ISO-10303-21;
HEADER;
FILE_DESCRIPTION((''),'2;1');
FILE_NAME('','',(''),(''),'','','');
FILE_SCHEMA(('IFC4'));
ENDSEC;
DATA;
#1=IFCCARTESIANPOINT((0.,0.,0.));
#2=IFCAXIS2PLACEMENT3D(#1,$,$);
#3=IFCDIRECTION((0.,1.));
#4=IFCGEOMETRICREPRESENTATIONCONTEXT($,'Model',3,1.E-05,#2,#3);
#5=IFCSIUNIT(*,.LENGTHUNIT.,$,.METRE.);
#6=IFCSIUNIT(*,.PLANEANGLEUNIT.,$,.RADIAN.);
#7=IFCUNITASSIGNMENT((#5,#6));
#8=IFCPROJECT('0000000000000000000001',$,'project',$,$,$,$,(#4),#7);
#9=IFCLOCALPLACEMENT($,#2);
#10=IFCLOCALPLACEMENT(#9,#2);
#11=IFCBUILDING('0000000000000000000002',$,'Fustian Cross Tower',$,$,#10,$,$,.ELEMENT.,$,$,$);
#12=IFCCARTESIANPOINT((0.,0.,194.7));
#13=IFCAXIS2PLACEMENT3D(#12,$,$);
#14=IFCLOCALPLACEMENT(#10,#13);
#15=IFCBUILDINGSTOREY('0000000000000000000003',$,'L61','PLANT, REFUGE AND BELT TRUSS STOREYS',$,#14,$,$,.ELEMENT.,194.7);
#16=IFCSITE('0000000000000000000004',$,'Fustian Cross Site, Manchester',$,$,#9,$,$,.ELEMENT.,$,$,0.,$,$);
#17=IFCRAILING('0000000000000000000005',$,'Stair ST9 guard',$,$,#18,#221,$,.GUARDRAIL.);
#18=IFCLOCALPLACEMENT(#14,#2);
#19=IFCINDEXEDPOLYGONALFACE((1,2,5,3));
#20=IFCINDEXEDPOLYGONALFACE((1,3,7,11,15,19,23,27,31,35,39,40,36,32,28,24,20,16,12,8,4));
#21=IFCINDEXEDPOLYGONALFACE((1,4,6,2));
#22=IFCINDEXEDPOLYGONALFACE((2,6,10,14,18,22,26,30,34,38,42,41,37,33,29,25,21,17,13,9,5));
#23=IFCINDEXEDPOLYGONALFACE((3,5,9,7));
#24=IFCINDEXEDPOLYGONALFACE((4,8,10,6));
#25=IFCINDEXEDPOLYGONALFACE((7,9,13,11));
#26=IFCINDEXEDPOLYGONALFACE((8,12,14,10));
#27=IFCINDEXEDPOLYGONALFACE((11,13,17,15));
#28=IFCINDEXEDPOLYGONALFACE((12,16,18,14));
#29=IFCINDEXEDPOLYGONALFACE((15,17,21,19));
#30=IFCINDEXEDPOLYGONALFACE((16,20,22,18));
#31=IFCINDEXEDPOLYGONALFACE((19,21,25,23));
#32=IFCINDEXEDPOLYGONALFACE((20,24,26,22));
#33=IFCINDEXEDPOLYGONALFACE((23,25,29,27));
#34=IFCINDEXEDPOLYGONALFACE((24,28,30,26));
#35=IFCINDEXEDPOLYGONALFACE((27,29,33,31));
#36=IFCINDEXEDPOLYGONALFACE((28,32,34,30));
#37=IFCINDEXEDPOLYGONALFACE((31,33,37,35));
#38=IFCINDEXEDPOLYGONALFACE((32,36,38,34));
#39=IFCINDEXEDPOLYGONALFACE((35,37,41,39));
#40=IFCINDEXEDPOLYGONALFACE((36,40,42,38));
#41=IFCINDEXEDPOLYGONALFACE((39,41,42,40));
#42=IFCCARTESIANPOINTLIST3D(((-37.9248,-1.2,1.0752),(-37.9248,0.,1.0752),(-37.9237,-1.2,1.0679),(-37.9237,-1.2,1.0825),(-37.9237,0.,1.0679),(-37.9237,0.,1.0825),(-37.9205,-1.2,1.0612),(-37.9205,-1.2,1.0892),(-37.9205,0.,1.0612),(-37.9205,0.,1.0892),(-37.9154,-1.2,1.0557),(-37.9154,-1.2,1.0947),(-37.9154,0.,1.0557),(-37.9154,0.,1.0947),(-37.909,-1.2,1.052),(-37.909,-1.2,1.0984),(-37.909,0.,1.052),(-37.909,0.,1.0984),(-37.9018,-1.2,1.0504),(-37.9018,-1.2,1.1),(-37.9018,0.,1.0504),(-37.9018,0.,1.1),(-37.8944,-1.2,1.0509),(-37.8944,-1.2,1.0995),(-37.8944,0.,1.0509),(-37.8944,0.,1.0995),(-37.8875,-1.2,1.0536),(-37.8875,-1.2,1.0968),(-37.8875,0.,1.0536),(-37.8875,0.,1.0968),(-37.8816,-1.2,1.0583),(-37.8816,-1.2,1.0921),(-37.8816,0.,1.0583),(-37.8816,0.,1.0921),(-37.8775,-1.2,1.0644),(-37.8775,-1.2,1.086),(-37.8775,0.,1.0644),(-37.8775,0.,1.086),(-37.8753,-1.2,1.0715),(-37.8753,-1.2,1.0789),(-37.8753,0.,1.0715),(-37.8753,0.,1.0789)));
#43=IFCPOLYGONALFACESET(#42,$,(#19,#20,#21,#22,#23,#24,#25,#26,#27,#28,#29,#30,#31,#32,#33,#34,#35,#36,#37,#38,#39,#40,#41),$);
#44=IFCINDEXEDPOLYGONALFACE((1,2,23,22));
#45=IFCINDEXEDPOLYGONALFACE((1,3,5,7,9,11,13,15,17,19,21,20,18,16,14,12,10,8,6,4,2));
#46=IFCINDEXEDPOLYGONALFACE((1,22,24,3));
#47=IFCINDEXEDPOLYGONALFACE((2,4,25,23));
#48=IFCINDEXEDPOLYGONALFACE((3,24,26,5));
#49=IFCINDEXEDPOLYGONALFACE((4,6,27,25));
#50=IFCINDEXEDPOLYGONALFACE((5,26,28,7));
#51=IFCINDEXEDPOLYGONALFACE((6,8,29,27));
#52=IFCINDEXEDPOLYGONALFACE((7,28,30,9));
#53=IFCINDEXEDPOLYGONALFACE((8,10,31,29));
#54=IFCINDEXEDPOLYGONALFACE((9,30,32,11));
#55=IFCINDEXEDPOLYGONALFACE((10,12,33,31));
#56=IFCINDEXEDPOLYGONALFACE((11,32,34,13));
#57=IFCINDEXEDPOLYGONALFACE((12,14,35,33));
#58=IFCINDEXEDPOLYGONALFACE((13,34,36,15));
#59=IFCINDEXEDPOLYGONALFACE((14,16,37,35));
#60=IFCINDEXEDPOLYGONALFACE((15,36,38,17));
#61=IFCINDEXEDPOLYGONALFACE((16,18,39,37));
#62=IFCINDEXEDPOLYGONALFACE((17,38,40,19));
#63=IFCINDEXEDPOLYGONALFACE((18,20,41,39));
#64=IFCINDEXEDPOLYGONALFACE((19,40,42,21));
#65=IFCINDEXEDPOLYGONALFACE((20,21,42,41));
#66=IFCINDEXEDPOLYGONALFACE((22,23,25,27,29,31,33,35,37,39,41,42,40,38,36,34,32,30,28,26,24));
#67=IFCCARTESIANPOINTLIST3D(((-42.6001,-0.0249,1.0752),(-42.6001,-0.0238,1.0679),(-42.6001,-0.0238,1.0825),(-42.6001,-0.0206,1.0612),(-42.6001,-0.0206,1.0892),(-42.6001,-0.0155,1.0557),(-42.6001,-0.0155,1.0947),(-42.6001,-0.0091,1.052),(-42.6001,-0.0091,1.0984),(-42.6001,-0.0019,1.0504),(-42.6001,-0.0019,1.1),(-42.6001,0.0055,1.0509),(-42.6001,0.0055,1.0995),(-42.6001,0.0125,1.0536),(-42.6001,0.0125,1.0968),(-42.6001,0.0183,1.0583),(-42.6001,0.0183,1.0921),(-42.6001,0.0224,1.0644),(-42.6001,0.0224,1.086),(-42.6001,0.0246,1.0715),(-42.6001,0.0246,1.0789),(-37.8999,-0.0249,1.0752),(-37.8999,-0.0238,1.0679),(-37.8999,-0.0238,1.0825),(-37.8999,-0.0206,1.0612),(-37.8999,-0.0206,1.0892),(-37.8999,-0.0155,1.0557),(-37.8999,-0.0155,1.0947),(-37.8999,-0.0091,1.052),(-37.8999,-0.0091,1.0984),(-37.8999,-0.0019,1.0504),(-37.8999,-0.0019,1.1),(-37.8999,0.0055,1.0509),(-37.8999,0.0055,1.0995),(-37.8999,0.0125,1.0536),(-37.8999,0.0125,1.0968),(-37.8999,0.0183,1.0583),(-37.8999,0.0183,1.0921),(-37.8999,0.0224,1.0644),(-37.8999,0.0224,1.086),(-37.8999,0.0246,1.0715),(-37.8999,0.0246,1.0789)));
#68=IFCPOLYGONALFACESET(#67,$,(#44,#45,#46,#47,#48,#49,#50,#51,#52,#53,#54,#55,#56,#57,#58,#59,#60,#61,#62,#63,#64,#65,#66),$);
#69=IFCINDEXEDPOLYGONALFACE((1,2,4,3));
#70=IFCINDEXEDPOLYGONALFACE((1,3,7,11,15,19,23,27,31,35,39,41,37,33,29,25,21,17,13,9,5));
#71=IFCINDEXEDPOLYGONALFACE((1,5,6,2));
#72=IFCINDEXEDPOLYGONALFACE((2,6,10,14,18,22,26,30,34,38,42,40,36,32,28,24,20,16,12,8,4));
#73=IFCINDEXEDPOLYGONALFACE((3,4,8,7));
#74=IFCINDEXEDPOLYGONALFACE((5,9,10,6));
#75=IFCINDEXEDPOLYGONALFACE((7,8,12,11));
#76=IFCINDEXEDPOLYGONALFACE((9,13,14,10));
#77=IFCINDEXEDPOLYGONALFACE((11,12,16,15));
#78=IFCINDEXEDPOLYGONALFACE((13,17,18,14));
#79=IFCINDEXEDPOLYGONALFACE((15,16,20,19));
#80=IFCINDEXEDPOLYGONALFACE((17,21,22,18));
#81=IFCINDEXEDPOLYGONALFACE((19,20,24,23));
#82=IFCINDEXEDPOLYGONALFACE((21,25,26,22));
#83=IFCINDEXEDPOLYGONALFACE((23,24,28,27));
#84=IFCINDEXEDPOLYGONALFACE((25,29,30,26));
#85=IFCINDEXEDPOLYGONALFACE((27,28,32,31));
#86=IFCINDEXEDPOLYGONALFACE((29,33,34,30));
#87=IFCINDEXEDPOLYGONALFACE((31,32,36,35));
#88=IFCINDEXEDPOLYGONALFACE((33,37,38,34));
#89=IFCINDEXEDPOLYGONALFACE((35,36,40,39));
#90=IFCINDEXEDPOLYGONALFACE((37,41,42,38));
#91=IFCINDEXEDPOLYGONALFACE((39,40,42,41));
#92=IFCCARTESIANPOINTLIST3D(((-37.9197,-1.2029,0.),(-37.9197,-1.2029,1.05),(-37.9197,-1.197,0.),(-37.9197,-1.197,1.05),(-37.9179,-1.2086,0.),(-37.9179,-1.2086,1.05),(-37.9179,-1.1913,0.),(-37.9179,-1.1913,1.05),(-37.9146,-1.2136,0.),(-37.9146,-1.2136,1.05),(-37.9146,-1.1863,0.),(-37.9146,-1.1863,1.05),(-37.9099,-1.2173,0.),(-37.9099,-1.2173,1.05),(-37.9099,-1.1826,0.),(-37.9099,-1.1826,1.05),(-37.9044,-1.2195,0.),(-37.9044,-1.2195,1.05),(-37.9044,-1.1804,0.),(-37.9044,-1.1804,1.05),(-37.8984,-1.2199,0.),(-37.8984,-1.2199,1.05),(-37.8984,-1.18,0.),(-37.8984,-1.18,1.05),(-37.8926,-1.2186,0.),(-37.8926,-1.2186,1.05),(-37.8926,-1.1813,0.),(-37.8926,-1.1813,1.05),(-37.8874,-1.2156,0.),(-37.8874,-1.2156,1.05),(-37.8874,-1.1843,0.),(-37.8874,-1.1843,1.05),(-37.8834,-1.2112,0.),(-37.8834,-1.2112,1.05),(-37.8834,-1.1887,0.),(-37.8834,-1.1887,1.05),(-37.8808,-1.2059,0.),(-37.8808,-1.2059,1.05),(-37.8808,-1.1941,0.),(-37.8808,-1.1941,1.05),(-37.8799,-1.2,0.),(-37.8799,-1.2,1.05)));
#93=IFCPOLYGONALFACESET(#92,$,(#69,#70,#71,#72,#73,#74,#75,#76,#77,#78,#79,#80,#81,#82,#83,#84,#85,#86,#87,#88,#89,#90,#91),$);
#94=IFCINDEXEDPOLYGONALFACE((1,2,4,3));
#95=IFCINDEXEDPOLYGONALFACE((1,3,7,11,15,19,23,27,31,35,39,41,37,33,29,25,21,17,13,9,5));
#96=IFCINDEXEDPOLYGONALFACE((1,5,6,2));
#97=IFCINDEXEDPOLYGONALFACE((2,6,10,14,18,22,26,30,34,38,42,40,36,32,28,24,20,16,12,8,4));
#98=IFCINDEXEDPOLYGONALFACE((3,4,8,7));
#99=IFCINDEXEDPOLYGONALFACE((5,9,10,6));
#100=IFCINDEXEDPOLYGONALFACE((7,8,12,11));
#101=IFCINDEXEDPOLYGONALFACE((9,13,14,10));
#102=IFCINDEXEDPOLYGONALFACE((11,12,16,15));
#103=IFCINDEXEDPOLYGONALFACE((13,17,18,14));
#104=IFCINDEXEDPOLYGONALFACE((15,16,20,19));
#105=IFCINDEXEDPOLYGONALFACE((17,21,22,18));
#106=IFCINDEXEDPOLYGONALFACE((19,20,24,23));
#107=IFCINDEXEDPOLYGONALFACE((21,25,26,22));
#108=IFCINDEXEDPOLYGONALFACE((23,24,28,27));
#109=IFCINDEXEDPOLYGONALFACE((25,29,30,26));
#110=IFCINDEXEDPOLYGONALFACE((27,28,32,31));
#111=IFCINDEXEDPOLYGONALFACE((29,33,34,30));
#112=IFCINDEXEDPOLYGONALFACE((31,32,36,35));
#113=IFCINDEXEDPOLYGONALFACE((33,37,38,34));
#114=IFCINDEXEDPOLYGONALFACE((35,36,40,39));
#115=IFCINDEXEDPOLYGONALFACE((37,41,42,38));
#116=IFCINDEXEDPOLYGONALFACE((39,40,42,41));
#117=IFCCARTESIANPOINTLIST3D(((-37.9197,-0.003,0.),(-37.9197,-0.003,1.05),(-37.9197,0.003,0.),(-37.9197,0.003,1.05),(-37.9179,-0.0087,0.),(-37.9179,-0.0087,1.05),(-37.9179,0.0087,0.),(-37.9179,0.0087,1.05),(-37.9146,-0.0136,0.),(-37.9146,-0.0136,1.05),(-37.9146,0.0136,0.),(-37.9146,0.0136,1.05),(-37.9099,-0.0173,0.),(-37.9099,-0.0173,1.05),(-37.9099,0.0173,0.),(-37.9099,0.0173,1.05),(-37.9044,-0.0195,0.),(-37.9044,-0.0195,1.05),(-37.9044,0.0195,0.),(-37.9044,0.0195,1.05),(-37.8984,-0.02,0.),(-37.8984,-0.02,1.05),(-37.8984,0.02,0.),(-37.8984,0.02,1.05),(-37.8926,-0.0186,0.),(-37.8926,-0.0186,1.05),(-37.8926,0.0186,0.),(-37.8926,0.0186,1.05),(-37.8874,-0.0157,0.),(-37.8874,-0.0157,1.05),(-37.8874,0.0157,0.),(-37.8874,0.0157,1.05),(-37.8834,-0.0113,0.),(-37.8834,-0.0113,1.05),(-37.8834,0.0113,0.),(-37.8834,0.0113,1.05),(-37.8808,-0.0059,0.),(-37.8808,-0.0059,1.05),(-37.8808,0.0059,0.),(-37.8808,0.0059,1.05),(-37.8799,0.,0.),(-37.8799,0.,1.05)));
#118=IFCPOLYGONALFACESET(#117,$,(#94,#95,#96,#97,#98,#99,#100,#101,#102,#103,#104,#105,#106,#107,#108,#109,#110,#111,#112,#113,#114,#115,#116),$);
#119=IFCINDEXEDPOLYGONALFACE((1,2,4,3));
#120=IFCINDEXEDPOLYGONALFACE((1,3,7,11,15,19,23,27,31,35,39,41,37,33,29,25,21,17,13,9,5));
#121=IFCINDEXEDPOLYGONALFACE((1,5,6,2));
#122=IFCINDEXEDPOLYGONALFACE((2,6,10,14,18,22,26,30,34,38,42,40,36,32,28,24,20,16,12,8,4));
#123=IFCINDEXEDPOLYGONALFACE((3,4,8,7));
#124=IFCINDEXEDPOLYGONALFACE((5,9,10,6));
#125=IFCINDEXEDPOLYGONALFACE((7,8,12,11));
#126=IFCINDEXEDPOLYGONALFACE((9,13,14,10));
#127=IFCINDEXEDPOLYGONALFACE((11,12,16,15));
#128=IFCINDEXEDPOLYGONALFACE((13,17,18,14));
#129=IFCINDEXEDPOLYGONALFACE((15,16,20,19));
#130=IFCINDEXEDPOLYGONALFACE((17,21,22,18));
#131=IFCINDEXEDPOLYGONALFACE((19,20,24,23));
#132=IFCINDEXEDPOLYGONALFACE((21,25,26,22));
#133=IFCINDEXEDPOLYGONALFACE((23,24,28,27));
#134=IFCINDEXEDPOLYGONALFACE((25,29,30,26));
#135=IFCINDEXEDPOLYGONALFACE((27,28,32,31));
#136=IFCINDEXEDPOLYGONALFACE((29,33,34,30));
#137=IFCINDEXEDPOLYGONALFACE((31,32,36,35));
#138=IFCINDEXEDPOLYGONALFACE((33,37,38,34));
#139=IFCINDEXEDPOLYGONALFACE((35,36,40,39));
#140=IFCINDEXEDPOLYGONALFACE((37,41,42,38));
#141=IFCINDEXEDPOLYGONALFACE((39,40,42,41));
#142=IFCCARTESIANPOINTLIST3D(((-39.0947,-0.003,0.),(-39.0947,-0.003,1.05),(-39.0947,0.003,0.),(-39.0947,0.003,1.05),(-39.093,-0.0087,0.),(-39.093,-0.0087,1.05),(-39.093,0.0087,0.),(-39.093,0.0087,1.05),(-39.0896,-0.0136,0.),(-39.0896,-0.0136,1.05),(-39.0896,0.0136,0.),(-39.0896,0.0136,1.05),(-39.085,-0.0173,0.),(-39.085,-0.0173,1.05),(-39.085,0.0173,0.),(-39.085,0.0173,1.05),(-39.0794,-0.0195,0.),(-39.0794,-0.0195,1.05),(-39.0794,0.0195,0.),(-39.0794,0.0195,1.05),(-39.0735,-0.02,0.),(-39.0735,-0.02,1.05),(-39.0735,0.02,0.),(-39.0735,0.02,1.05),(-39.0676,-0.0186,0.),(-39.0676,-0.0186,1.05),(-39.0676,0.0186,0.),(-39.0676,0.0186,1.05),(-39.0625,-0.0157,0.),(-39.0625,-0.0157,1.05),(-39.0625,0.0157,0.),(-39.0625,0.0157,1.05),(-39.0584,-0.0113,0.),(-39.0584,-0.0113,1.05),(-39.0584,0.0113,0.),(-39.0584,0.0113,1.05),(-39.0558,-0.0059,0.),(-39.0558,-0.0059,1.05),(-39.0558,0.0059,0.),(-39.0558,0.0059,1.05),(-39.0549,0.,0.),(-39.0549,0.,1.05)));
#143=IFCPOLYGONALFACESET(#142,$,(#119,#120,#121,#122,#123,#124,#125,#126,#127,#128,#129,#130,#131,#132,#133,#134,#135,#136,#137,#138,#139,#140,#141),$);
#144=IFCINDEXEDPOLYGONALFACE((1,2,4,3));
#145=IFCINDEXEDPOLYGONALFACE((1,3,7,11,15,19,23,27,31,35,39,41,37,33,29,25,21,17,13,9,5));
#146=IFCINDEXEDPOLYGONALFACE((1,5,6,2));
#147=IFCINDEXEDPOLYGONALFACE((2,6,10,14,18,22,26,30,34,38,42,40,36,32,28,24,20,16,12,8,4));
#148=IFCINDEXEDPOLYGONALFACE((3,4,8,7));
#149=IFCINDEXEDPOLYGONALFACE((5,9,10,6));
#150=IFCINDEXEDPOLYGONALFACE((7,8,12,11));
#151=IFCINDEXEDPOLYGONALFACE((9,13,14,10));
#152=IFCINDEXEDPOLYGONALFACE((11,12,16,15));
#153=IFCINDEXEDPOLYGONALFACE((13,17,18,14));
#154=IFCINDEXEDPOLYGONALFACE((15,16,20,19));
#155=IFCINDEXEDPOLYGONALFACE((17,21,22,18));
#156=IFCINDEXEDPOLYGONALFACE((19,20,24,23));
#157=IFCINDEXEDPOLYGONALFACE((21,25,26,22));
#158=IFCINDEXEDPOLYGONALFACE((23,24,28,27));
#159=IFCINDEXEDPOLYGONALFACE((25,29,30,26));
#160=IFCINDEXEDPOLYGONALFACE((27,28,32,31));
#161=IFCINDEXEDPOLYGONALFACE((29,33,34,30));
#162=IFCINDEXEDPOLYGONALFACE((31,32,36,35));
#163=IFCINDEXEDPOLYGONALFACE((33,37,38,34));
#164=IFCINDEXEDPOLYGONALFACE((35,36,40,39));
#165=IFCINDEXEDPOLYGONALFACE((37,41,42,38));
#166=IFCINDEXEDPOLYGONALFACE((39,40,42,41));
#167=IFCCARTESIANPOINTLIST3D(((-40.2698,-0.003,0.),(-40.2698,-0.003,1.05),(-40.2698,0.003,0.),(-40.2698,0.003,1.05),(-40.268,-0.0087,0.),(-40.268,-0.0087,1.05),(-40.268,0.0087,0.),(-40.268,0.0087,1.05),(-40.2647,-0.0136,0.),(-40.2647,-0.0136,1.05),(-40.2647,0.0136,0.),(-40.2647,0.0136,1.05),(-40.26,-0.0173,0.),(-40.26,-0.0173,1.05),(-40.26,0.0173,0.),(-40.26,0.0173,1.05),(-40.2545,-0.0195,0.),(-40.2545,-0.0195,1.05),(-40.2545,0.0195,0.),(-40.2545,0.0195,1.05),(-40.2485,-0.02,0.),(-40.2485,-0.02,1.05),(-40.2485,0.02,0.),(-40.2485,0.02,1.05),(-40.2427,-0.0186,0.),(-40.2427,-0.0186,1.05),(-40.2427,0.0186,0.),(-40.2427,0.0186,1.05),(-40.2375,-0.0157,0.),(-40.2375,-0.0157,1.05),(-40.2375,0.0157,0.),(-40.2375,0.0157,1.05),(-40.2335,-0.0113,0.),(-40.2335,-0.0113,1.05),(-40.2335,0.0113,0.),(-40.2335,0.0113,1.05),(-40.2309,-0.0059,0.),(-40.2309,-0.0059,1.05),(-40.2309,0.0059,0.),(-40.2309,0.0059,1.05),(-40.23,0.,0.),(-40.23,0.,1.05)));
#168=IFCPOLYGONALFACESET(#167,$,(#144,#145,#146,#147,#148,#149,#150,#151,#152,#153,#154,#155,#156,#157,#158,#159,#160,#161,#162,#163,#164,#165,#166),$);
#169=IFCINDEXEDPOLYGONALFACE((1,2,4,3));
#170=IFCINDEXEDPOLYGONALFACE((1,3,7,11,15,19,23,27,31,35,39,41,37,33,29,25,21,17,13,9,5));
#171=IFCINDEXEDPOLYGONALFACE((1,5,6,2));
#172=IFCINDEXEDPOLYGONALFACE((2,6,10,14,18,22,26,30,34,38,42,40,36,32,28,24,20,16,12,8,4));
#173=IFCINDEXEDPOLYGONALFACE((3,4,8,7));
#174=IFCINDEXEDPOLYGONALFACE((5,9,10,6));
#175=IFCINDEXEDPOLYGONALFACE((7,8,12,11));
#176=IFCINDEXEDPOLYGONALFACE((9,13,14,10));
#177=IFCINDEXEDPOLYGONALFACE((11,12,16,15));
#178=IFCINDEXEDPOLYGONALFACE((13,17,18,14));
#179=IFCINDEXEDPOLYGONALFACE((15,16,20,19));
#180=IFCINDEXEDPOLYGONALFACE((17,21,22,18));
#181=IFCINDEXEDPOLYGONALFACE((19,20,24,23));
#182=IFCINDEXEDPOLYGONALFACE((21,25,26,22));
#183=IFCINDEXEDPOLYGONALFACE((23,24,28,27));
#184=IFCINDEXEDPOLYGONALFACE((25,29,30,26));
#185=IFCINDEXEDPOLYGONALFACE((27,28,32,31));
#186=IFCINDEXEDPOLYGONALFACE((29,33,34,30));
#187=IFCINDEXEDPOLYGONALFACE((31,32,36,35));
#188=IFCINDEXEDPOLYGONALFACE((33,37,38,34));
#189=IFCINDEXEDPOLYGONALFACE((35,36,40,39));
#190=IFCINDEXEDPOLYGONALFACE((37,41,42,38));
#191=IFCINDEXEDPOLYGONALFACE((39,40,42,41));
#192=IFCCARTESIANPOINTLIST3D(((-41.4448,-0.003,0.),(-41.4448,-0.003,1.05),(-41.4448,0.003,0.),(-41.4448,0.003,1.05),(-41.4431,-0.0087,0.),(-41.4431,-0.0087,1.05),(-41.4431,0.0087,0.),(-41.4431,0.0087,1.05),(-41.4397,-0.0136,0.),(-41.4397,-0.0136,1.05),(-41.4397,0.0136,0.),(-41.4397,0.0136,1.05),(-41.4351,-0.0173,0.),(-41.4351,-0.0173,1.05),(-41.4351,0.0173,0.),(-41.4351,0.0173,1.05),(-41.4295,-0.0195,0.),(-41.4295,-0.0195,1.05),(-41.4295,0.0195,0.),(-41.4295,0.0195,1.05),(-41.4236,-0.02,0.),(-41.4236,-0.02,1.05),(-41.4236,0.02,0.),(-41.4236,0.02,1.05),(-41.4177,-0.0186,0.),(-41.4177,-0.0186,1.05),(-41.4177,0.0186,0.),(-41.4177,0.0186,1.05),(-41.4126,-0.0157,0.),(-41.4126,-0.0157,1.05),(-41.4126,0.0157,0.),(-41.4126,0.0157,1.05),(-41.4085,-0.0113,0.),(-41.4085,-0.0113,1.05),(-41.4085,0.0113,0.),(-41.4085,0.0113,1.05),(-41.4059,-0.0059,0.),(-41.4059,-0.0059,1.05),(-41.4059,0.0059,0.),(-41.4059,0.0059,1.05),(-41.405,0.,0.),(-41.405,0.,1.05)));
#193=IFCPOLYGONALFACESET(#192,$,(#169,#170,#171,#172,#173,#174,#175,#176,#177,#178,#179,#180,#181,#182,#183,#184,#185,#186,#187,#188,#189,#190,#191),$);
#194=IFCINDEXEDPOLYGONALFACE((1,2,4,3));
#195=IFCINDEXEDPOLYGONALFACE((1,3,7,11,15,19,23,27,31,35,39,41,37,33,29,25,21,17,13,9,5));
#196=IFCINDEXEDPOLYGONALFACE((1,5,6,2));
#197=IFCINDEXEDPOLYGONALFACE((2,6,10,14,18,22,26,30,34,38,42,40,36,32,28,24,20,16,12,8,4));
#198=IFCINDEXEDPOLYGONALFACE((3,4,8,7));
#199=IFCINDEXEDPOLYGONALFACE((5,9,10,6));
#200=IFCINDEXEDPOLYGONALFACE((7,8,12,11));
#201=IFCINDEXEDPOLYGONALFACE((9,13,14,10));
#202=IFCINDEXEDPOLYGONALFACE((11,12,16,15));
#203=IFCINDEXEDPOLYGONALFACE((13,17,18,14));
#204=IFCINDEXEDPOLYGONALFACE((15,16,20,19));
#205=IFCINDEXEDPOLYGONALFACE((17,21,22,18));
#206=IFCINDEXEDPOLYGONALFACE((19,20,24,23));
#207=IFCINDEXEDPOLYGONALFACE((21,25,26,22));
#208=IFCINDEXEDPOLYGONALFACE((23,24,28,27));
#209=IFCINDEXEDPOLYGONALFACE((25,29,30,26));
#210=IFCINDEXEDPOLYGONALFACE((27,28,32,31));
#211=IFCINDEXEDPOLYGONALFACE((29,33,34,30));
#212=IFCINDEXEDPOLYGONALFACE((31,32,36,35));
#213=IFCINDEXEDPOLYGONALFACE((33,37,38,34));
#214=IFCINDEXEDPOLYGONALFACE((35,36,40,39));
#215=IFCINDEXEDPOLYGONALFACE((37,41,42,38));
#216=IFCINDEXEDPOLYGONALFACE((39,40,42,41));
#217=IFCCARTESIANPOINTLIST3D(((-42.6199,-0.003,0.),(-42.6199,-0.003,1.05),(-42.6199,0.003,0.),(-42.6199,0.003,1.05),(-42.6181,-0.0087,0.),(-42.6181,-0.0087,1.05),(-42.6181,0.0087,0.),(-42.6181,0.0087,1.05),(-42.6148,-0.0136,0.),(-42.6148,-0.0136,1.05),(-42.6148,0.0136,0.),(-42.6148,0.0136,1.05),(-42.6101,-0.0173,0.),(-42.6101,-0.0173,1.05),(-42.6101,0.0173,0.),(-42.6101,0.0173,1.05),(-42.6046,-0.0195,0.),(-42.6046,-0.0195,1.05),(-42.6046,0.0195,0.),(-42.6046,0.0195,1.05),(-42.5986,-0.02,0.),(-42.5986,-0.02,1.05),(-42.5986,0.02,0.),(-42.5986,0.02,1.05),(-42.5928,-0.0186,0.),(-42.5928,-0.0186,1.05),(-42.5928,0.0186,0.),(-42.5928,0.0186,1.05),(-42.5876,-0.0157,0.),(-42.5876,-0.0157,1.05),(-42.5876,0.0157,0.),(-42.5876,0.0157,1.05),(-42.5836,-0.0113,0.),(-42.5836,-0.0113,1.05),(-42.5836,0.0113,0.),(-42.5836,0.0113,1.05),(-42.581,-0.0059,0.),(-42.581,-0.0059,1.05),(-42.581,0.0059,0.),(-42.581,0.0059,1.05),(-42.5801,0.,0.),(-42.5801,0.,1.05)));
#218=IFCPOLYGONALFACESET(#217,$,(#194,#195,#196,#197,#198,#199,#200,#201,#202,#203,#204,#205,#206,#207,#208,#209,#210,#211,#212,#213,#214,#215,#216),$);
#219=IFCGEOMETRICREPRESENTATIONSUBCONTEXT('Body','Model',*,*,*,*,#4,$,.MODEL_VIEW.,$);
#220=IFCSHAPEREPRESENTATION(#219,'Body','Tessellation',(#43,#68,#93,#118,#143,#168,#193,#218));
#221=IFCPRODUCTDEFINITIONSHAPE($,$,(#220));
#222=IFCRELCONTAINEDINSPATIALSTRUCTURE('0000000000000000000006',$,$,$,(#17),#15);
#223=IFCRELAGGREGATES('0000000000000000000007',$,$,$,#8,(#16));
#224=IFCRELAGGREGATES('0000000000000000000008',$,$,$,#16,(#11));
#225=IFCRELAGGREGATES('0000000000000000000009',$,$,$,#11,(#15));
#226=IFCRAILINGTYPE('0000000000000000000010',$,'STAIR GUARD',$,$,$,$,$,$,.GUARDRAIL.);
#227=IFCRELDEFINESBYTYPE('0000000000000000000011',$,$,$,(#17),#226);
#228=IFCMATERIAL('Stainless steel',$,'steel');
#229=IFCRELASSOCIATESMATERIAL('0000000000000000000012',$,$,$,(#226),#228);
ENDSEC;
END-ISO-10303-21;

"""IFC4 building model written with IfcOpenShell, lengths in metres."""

from ifc_helpers import new_model, si_unit, direction, frame, origin, origin_2d, place, context, subcontext, project, spatial, circle, extrude, material, type_object, element, save


model = new_model("IFC4")

# Units and contexts
model_context = context("Model", 3, precision=1e-05, world=origin(), true_north=direction((0.0, 1.0)))
body_context = subcontext(model_context, "Body", "Model", "MODEL_VIEW")
ifc_project = project(units=[si_unit("LENGTHUNIT", "METRE"), si_unit("PLANEANGLEUNIT", "RADIAN")], contexts=[model_context])

# Site, building, storey
site_placement = place(None, origin())
site = spatial("IfcSite", under=ifc_project, at=site_placement, Name="Fustian Cross Site, Manchester", CompositionType="ELEMENT", RefElevation=0.0)
building_placement = place(site_placement, origin())
building = spatial("IfcBuilding", under=site, at=building_placement, Name="Fustian Cross Tower", CompositionType="ELEMENT")
storey_placement = place(building_placement, frame((0.0, 0.0, 194.7)))
storey = spatial("IfcBuildingStorey", under=building, at=storey_placement, Name="L61", Description="PLANT, REFUGE AND BELT TRUSS STOREYS", CompositionType="ELEMENT", Elevation=194.7)

# Railing
ifc_material_1 = material(Name="Stainless steel", Category="steel")
railing_type = type_object("IfcRailingType", Name="STAIR GUARD", PredefinedType="GUARDRAIL", material=ifc_material_1)
railing_placement = place(storey_placement, frame((-37.8999, -1.2, 0.0)))
element("IfcRailing", 1, at=railing_placement, inside=storey, type_object=railing_type, Name="Stair ST9 guard", PredefinedType="GUARDRAIL", context=body_context, shape_type="SweptSolid", body=[
    extrude(circle(Radius=0.0249, at=origin_2d()), frame((0.0, 0.0, 1.0752), z_axis=(0.0, 1.0, 0.0), x_axis=(-1.0, 0.0, 0.0)), (0.0, 0.0, 1.0), 1.2),
    extrude(circle(Radius=0.0249, at=origin_2d()), frame((0.0, 1.2, 1.0752), z_axis=(-1.0, 0.0, 0.0), x_axis=(0.0, -1.0, 0.0)), (0.0, 0.0, 1.0), 4.7002),
    extrude(circle(Radius=0.02, at=origin_2d()), origin(), (0.0, 0.0, 1.0), 1.05),
    extrude(circle(Radius=0.02, at=origin_2d()), frame((0.0, 1.2, 0.0)), (0.0, 0.0, 1.0), 1.05),
    extrude(circle(Radius=0.02, at=origin_2d()), frame((-1.175, 1.2, 0.0)), (0.0, 0.0, 1.0), 1.05),
    extrude(circle(Radius=0.02, at=origin_2d()), frame((-2.3501, 1.2, 0.0)), (0.0, 0.0, 1.0), 1.05),
    extrude(circle(Radius=0.02, at=origin_2d()), frame((-3.5251, 1.2, 0.0)), (0.0, 0.0, 1.0), 1.05),
    extrude(circle(Radius=0.02, at=origin_2d()), frame((-4.7002, 1.2, 0.0)), (0.0, 0.0, 1.0), 1.05),
])

save(model, "model.ifc")
